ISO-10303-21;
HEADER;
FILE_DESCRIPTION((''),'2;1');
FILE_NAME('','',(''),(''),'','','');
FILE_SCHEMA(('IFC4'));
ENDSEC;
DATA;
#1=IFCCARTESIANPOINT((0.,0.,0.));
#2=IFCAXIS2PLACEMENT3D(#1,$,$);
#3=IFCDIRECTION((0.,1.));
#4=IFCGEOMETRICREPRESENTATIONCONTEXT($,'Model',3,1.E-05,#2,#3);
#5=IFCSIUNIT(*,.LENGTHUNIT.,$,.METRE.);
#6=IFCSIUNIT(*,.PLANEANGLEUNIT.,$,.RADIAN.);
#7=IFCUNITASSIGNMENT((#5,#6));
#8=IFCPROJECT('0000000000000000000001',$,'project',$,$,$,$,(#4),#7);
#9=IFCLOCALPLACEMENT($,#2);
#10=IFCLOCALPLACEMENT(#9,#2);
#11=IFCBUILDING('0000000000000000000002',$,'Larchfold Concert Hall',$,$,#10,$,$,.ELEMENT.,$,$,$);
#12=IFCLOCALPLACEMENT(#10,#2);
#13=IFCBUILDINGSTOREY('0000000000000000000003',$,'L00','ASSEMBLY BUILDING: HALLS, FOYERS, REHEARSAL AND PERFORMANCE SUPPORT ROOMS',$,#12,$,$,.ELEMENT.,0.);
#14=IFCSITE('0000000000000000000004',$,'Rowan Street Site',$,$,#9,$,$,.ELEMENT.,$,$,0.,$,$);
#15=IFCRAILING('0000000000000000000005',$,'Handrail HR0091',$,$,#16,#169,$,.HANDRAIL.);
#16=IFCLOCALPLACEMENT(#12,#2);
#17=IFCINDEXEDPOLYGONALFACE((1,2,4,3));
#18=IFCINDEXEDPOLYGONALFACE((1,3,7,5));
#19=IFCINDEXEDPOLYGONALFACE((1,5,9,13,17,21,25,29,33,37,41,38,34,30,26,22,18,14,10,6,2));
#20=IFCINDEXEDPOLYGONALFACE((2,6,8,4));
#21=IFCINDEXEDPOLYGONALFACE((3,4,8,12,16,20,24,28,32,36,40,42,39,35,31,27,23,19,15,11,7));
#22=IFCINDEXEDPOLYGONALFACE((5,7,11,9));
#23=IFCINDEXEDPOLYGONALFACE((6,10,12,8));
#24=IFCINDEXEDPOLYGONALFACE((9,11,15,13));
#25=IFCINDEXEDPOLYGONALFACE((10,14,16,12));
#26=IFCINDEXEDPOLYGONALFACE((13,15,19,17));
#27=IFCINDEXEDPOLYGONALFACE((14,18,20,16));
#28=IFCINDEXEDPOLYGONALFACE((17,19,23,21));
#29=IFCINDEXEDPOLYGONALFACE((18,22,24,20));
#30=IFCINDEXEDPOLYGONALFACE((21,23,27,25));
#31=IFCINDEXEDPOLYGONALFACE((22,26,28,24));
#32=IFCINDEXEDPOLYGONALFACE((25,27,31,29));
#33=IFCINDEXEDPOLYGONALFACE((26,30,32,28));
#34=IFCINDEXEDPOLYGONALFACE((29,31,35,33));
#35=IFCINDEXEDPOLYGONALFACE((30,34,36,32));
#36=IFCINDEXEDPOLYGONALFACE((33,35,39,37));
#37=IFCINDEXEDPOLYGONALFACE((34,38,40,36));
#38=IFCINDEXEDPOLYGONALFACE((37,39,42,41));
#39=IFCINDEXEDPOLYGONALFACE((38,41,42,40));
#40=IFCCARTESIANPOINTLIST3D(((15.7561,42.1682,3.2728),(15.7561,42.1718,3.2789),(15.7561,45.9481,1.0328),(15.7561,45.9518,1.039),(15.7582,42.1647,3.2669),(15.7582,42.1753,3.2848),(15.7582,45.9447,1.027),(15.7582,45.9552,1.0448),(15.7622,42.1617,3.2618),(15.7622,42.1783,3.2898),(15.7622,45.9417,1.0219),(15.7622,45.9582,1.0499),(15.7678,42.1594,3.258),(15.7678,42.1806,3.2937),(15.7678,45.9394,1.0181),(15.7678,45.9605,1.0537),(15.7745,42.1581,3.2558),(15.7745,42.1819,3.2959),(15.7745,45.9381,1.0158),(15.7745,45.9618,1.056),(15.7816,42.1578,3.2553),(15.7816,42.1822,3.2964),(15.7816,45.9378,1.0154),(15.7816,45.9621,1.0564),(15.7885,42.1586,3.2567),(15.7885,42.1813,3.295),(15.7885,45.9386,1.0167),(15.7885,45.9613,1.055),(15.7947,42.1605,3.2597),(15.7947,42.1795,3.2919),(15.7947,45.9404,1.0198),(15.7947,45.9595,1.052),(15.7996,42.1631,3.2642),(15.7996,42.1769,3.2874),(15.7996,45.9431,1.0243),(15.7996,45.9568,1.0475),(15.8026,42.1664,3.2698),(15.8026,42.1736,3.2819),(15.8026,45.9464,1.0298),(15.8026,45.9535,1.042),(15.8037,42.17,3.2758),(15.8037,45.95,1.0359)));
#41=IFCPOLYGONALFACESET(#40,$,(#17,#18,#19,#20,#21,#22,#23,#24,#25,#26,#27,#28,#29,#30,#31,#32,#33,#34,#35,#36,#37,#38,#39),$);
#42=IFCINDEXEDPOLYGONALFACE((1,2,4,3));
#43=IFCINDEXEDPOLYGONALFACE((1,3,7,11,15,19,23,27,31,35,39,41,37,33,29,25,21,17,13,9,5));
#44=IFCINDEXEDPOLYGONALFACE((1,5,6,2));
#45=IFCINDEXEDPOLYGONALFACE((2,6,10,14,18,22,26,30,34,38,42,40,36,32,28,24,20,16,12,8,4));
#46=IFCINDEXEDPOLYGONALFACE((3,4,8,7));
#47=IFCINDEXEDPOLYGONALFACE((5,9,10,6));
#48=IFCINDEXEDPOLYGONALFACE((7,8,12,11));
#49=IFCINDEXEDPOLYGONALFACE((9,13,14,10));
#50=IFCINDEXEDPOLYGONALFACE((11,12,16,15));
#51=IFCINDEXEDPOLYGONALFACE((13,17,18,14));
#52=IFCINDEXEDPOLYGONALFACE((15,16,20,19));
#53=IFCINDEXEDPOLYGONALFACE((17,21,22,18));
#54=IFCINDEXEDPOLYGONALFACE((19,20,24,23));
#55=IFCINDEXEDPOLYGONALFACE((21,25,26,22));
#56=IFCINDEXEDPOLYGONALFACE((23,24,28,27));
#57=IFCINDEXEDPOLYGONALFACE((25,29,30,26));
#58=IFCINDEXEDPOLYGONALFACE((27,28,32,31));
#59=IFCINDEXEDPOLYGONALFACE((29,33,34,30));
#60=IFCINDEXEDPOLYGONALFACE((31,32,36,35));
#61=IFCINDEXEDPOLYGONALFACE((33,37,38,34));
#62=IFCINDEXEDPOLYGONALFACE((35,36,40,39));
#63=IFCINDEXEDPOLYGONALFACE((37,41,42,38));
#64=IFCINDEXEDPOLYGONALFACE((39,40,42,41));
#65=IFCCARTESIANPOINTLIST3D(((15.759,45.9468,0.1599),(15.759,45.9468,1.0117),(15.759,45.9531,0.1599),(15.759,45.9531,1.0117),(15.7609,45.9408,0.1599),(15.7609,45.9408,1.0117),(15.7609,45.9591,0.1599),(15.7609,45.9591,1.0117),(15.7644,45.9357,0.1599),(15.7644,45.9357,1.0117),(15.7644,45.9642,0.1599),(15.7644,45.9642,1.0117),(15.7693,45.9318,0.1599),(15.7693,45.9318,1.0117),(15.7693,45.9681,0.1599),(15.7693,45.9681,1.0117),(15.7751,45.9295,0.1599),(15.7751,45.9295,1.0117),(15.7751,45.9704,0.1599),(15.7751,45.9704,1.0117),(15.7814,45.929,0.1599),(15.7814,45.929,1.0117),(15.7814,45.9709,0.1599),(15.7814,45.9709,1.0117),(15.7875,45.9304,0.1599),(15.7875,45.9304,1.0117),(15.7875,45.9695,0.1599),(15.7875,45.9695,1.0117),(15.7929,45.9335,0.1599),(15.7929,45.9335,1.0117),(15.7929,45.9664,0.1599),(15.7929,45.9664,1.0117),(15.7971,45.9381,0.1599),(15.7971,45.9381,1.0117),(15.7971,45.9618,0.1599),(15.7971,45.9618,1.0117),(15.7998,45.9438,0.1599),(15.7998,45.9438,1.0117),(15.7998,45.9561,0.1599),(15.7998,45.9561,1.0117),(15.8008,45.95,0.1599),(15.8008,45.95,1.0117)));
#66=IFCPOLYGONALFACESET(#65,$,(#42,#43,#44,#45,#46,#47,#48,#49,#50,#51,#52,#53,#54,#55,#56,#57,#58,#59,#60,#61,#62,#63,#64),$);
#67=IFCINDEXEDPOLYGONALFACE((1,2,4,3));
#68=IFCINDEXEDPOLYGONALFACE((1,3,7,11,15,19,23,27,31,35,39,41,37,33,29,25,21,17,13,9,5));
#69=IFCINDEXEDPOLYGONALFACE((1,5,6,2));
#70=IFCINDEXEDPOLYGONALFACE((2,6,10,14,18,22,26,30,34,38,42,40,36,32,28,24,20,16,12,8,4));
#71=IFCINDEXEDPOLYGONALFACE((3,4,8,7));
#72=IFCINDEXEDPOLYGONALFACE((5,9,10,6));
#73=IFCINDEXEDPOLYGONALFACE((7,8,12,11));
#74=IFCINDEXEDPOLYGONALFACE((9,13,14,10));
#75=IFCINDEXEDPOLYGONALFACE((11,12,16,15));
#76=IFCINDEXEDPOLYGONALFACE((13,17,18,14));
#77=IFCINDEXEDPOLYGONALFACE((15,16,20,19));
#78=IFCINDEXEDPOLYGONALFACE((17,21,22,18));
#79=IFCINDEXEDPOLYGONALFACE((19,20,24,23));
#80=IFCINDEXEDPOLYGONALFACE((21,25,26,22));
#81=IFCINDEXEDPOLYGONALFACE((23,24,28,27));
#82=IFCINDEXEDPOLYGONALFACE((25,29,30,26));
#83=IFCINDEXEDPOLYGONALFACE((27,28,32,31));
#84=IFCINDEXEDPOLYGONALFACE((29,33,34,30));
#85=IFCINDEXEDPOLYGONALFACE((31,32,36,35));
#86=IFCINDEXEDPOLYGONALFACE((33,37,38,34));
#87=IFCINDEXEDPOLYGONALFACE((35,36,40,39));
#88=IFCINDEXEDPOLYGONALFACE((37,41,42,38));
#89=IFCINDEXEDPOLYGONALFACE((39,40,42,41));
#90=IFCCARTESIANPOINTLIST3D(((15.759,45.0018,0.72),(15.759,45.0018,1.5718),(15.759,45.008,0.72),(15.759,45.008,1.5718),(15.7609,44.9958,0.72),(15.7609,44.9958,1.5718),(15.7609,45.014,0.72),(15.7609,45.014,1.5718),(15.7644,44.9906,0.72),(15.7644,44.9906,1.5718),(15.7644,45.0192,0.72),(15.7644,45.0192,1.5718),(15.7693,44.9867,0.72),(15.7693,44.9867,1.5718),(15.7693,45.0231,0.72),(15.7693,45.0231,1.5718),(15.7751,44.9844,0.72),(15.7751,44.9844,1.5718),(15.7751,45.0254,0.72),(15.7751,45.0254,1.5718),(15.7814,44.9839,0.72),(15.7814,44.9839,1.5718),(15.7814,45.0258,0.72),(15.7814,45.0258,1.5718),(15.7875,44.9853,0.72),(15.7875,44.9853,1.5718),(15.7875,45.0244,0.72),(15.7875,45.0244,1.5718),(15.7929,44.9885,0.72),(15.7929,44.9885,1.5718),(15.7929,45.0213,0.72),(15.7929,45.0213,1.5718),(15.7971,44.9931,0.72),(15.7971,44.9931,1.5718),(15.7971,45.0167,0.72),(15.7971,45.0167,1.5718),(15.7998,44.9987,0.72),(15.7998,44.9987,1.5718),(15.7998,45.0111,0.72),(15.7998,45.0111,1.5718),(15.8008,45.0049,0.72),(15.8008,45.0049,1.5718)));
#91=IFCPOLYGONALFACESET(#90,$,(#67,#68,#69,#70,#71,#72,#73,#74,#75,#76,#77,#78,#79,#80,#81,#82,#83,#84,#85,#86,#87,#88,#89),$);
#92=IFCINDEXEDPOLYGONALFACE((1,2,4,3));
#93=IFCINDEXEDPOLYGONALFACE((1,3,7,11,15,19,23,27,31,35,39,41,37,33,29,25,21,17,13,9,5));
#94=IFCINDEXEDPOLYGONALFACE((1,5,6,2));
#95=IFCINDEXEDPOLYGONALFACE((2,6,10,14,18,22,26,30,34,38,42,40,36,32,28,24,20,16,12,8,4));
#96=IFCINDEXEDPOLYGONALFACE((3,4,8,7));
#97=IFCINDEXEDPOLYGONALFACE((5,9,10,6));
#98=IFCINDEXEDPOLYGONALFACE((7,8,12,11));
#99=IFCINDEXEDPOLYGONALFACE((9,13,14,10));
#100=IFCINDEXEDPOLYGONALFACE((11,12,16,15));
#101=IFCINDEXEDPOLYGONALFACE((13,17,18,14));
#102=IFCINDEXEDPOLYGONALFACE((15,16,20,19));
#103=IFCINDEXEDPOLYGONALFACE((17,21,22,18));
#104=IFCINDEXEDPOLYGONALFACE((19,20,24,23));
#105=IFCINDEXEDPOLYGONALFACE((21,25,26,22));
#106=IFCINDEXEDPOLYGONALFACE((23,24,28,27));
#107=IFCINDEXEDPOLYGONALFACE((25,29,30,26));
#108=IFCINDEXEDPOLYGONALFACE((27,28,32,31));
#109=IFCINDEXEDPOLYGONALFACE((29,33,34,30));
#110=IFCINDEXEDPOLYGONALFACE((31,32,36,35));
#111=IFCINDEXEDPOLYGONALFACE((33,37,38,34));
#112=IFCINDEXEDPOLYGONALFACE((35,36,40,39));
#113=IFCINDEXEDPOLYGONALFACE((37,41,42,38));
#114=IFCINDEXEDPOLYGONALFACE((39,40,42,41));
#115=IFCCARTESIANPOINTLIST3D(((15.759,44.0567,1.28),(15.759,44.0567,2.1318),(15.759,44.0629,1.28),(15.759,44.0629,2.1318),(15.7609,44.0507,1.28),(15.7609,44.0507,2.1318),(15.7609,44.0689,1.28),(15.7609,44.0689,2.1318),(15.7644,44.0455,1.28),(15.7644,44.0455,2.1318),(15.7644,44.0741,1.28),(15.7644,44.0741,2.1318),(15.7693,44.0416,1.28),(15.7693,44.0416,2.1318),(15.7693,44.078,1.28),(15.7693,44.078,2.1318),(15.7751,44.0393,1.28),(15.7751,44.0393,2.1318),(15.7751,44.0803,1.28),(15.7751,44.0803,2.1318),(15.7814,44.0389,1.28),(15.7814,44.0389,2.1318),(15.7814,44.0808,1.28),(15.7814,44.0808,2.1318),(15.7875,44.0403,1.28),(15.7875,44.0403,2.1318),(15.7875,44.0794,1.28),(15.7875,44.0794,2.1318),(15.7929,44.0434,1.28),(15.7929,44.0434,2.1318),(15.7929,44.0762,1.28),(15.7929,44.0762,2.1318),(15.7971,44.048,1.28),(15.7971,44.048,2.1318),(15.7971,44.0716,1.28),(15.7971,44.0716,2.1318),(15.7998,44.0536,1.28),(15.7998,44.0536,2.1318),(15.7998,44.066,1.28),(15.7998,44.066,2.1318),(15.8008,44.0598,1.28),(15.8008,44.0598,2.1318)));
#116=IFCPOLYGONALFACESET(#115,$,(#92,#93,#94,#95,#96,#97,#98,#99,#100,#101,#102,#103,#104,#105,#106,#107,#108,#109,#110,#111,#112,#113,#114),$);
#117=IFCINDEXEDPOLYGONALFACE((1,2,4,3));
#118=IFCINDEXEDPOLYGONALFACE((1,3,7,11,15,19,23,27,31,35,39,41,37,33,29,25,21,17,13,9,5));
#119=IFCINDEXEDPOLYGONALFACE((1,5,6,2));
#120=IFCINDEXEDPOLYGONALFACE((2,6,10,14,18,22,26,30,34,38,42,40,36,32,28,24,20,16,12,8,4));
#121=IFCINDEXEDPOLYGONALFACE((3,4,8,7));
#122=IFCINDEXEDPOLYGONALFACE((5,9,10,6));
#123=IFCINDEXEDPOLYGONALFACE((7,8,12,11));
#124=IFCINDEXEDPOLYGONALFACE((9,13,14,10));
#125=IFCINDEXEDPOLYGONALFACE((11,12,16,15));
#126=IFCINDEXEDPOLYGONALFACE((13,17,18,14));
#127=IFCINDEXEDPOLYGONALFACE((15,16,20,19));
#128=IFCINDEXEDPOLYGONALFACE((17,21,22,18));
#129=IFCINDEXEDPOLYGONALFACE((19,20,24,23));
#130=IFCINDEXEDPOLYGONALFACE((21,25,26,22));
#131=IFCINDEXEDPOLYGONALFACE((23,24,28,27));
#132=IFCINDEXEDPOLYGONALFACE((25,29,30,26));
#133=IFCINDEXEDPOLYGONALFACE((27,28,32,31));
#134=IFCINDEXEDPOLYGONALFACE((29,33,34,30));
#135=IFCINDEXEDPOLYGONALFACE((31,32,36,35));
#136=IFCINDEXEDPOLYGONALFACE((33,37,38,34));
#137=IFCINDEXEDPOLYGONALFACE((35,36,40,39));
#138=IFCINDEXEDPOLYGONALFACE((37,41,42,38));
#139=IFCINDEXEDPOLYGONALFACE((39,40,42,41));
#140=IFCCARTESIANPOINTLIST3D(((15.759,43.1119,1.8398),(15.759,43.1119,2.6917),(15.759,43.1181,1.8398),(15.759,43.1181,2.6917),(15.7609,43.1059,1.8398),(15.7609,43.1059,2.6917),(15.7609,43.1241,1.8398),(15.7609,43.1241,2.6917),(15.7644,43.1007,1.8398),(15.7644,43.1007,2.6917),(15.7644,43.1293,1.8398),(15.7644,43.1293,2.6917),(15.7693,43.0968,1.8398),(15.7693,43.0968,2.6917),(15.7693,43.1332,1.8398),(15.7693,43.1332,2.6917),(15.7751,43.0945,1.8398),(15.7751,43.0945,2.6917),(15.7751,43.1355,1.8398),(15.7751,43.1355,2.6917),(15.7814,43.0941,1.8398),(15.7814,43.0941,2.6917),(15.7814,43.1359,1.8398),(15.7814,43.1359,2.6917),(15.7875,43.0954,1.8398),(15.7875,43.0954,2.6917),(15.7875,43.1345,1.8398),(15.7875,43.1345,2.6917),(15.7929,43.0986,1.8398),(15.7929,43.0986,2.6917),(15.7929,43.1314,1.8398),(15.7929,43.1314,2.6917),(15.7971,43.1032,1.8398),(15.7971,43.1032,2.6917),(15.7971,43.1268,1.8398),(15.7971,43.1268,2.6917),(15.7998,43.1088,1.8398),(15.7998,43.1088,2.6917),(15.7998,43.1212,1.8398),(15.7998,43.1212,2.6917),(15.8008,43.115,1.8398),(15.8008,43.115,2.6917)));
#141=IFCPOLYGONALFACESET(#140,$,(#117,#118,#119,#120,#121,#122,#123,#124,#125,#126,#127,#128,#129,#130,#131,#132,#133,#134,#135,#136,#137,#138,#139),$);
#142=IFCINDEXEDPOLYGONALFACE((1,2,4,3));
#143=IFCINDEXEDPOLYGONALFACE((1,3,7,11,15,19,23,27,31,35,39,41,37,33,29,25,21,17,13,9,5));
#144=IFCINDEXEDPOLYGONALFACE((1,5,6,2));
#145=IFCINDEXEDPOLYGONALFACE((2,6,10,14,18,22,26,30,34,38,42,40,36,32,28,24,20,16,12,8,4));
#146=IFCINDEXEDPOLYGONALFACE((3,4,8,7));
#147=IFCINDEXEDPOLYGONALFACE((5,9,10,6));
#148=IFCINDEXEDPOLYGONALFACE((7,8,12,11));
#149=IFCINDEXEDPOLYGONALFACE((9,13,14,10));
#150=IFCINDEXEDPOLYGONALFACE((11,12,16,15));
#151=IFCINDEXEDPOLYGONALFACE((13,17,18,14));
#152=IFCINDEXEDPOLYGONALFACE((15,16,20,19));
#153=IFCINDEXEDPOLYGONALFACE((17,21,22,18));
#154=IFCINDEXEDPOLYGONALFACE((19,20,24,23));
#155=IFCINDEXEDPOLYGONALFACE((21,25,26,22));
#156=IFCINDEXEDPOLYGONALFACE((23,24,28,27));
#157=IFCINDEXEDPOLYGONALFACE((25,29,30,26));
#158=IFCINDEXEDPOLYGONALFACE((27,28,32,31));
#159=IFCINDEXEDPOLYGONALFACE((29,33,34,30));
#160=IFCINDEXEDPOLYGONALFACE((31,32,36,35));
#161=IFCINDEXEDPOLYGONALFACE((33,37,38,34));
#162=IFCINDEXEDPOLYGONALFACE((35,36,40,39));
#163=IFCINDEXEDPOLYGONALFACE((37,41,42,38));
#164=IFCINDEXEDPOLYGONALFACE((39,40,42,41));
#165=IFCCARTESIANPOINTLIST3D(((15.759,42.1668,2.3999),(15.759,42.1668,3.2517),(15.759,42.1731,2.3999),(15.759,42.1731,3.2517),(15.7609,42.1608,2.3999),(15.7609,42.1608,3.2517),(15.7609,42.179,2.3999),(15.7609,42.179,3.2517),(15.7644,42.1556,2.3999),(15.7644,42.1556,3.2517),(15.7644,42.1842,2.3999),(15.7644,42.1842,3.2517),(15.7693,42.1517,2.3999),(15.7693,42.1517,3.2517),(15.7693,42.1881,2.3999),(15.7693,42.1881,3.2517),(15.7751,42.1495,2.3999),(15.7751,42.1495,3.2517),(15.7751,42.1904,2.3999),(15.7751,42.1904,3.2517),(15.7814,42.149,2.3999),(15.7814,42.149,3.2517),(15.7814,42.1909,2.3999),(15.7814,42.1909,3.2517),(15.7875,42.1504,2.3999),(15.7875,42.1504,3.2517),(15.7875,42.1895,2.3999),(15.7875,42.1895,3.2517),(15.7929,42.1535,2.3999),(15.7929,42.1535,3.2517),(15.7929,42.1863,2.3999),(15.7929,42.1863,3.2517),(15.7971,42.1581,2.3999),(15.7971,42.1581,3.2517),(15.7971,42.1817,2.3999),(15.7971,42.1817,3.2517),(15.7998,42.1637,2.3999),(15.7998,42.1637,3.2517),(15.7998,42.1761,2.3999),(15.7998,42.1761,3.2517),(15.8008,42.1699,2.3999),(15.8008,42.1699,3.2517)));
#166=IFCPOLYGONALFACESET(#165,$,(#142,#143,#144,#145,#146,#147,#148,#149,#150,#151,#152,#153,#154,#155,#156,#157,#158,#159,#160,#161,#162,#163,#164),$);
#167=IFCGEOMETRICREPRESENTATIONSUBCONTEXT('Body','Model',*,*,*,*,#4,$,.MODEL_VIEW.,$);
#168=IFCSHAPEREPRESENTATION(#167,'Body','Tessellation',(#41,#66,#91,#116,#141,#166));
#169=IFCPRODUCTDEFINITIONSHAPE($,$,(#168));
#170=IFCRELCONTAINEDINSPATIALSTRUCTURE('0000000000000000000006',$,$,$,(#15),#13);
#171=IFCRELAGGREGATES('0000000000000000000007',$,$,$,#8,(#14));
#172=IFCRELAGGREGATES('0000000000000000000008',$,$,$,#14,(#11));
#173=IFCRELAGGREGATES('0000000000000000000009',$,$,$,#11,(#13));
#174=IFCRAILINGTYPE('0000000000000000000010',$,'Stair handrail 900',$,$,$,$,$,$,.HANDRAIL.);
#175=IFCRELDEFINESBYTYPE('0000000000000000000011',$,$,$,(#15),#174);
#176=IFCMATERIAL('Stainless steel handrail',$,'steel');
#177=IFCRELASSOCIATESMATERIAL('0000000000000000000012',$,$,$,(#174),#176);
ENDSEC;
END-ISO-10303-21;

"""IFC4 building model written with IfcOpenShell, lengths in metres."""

from ifc_helpers import new_model, si_unit, direction, frame, origin, origin_2d, place, context, subcontext, project, spatial, circle, extrude, material, type_object, element, save


model = new_model("IFC4")

# Units and contexts
model_context = context("Model", 3, precision=1e-05, world=origin(), true_north=direction((0.0, 1.0)))
body_context = subcontext(model_context, "Body", "Model", "MODEL_VIEW")
ifc_project = project(units=[si_unit("LENGTHUNIT", "METRE"), si_unit("PLANEANGLEUNIT", "RADIAN")], contexts=[model_context])

# Site, building, storey
site_placement = place(None, origin())
site = spatial("IfcSite", under=ifc_project, at=site_placement, Name="Rowan Street Site", CompositionType="ELEMENT", RefElevation=0.0)
building_placement = place(site_placement, origin())
building = spatial("IfcBuilding", under=site, at=building_placement, Name="Larchfold Concert Hall", CompositionType="ELEMENT")
storey_placement = place(building_placement, origin())
storey = spatial("IfcBuildingStorey", under=building, at=storey_placement, Name="L00", Description="ASSEMBLY BUILDING: HALLS, FOYERS, REHEARSAL AND PERFORMANCE SUPPORT ROOMS", CompositionType="ELEMENT", Elevation=0.0)

# Railing
ifc_material_1 = material(Name="Stainless steel handrail", Category="steel")
railing_type_1 = type_object("IfcRailingType", Name="Stair handrail 900", PredefinedType="HANDRAIL", material=ifc_material_1)
for number, where, name in (
    (1, (15.7798, 45.95, 0.1599), "Handrail HR0091"),
):
    element("IfcRailing", number, at=place(storey_placement, frame(where)), inside=storey, type_object=railing_type_1, Name=name, PredefinedType="HANDRAIL", context=body_context, shape_type="SweptSolid", body=[
        extrude(circle(Radius=0.0239, at=origin_2d()), frame((0.0, 0.0, 0.876), z_axis=(0.0, -0.860294, 0.509798), x_axis=(1.0, 0.0, 0.0)), (0.0, 0.0, 1.0), 4.3938),
        extrude(circle(Radius=0.021, at=origin_2d()), origin(), (0.0, 0.0, 1.0), 0.8518),
        extrude(circle(Radius=0.021, at=origin_2d()), frame((0.0, -0.9451, 0.5601)), (0.0, 0.0, 1.0), 0.8518),
        extrude(circle(Radius=0.021, at=origin_2d()), frame((0.0, -1.8901, 1.1201)), (0.0, 0.0, 1.0), 0.8518),
        extrude(circle(Radius=0.021, at=origin_2d()), frame((0.0, -2.835, 1.6799)), (0.0, 0.0, 1.0), 0.8518),
        extrude(circle(Radius=0.021, at=origin_2d()), frame((0.0, -3.78, 2.24)), (0.0, 0.0, 1.0), 0.8518),
    ])

save(model, "model.ifc")
